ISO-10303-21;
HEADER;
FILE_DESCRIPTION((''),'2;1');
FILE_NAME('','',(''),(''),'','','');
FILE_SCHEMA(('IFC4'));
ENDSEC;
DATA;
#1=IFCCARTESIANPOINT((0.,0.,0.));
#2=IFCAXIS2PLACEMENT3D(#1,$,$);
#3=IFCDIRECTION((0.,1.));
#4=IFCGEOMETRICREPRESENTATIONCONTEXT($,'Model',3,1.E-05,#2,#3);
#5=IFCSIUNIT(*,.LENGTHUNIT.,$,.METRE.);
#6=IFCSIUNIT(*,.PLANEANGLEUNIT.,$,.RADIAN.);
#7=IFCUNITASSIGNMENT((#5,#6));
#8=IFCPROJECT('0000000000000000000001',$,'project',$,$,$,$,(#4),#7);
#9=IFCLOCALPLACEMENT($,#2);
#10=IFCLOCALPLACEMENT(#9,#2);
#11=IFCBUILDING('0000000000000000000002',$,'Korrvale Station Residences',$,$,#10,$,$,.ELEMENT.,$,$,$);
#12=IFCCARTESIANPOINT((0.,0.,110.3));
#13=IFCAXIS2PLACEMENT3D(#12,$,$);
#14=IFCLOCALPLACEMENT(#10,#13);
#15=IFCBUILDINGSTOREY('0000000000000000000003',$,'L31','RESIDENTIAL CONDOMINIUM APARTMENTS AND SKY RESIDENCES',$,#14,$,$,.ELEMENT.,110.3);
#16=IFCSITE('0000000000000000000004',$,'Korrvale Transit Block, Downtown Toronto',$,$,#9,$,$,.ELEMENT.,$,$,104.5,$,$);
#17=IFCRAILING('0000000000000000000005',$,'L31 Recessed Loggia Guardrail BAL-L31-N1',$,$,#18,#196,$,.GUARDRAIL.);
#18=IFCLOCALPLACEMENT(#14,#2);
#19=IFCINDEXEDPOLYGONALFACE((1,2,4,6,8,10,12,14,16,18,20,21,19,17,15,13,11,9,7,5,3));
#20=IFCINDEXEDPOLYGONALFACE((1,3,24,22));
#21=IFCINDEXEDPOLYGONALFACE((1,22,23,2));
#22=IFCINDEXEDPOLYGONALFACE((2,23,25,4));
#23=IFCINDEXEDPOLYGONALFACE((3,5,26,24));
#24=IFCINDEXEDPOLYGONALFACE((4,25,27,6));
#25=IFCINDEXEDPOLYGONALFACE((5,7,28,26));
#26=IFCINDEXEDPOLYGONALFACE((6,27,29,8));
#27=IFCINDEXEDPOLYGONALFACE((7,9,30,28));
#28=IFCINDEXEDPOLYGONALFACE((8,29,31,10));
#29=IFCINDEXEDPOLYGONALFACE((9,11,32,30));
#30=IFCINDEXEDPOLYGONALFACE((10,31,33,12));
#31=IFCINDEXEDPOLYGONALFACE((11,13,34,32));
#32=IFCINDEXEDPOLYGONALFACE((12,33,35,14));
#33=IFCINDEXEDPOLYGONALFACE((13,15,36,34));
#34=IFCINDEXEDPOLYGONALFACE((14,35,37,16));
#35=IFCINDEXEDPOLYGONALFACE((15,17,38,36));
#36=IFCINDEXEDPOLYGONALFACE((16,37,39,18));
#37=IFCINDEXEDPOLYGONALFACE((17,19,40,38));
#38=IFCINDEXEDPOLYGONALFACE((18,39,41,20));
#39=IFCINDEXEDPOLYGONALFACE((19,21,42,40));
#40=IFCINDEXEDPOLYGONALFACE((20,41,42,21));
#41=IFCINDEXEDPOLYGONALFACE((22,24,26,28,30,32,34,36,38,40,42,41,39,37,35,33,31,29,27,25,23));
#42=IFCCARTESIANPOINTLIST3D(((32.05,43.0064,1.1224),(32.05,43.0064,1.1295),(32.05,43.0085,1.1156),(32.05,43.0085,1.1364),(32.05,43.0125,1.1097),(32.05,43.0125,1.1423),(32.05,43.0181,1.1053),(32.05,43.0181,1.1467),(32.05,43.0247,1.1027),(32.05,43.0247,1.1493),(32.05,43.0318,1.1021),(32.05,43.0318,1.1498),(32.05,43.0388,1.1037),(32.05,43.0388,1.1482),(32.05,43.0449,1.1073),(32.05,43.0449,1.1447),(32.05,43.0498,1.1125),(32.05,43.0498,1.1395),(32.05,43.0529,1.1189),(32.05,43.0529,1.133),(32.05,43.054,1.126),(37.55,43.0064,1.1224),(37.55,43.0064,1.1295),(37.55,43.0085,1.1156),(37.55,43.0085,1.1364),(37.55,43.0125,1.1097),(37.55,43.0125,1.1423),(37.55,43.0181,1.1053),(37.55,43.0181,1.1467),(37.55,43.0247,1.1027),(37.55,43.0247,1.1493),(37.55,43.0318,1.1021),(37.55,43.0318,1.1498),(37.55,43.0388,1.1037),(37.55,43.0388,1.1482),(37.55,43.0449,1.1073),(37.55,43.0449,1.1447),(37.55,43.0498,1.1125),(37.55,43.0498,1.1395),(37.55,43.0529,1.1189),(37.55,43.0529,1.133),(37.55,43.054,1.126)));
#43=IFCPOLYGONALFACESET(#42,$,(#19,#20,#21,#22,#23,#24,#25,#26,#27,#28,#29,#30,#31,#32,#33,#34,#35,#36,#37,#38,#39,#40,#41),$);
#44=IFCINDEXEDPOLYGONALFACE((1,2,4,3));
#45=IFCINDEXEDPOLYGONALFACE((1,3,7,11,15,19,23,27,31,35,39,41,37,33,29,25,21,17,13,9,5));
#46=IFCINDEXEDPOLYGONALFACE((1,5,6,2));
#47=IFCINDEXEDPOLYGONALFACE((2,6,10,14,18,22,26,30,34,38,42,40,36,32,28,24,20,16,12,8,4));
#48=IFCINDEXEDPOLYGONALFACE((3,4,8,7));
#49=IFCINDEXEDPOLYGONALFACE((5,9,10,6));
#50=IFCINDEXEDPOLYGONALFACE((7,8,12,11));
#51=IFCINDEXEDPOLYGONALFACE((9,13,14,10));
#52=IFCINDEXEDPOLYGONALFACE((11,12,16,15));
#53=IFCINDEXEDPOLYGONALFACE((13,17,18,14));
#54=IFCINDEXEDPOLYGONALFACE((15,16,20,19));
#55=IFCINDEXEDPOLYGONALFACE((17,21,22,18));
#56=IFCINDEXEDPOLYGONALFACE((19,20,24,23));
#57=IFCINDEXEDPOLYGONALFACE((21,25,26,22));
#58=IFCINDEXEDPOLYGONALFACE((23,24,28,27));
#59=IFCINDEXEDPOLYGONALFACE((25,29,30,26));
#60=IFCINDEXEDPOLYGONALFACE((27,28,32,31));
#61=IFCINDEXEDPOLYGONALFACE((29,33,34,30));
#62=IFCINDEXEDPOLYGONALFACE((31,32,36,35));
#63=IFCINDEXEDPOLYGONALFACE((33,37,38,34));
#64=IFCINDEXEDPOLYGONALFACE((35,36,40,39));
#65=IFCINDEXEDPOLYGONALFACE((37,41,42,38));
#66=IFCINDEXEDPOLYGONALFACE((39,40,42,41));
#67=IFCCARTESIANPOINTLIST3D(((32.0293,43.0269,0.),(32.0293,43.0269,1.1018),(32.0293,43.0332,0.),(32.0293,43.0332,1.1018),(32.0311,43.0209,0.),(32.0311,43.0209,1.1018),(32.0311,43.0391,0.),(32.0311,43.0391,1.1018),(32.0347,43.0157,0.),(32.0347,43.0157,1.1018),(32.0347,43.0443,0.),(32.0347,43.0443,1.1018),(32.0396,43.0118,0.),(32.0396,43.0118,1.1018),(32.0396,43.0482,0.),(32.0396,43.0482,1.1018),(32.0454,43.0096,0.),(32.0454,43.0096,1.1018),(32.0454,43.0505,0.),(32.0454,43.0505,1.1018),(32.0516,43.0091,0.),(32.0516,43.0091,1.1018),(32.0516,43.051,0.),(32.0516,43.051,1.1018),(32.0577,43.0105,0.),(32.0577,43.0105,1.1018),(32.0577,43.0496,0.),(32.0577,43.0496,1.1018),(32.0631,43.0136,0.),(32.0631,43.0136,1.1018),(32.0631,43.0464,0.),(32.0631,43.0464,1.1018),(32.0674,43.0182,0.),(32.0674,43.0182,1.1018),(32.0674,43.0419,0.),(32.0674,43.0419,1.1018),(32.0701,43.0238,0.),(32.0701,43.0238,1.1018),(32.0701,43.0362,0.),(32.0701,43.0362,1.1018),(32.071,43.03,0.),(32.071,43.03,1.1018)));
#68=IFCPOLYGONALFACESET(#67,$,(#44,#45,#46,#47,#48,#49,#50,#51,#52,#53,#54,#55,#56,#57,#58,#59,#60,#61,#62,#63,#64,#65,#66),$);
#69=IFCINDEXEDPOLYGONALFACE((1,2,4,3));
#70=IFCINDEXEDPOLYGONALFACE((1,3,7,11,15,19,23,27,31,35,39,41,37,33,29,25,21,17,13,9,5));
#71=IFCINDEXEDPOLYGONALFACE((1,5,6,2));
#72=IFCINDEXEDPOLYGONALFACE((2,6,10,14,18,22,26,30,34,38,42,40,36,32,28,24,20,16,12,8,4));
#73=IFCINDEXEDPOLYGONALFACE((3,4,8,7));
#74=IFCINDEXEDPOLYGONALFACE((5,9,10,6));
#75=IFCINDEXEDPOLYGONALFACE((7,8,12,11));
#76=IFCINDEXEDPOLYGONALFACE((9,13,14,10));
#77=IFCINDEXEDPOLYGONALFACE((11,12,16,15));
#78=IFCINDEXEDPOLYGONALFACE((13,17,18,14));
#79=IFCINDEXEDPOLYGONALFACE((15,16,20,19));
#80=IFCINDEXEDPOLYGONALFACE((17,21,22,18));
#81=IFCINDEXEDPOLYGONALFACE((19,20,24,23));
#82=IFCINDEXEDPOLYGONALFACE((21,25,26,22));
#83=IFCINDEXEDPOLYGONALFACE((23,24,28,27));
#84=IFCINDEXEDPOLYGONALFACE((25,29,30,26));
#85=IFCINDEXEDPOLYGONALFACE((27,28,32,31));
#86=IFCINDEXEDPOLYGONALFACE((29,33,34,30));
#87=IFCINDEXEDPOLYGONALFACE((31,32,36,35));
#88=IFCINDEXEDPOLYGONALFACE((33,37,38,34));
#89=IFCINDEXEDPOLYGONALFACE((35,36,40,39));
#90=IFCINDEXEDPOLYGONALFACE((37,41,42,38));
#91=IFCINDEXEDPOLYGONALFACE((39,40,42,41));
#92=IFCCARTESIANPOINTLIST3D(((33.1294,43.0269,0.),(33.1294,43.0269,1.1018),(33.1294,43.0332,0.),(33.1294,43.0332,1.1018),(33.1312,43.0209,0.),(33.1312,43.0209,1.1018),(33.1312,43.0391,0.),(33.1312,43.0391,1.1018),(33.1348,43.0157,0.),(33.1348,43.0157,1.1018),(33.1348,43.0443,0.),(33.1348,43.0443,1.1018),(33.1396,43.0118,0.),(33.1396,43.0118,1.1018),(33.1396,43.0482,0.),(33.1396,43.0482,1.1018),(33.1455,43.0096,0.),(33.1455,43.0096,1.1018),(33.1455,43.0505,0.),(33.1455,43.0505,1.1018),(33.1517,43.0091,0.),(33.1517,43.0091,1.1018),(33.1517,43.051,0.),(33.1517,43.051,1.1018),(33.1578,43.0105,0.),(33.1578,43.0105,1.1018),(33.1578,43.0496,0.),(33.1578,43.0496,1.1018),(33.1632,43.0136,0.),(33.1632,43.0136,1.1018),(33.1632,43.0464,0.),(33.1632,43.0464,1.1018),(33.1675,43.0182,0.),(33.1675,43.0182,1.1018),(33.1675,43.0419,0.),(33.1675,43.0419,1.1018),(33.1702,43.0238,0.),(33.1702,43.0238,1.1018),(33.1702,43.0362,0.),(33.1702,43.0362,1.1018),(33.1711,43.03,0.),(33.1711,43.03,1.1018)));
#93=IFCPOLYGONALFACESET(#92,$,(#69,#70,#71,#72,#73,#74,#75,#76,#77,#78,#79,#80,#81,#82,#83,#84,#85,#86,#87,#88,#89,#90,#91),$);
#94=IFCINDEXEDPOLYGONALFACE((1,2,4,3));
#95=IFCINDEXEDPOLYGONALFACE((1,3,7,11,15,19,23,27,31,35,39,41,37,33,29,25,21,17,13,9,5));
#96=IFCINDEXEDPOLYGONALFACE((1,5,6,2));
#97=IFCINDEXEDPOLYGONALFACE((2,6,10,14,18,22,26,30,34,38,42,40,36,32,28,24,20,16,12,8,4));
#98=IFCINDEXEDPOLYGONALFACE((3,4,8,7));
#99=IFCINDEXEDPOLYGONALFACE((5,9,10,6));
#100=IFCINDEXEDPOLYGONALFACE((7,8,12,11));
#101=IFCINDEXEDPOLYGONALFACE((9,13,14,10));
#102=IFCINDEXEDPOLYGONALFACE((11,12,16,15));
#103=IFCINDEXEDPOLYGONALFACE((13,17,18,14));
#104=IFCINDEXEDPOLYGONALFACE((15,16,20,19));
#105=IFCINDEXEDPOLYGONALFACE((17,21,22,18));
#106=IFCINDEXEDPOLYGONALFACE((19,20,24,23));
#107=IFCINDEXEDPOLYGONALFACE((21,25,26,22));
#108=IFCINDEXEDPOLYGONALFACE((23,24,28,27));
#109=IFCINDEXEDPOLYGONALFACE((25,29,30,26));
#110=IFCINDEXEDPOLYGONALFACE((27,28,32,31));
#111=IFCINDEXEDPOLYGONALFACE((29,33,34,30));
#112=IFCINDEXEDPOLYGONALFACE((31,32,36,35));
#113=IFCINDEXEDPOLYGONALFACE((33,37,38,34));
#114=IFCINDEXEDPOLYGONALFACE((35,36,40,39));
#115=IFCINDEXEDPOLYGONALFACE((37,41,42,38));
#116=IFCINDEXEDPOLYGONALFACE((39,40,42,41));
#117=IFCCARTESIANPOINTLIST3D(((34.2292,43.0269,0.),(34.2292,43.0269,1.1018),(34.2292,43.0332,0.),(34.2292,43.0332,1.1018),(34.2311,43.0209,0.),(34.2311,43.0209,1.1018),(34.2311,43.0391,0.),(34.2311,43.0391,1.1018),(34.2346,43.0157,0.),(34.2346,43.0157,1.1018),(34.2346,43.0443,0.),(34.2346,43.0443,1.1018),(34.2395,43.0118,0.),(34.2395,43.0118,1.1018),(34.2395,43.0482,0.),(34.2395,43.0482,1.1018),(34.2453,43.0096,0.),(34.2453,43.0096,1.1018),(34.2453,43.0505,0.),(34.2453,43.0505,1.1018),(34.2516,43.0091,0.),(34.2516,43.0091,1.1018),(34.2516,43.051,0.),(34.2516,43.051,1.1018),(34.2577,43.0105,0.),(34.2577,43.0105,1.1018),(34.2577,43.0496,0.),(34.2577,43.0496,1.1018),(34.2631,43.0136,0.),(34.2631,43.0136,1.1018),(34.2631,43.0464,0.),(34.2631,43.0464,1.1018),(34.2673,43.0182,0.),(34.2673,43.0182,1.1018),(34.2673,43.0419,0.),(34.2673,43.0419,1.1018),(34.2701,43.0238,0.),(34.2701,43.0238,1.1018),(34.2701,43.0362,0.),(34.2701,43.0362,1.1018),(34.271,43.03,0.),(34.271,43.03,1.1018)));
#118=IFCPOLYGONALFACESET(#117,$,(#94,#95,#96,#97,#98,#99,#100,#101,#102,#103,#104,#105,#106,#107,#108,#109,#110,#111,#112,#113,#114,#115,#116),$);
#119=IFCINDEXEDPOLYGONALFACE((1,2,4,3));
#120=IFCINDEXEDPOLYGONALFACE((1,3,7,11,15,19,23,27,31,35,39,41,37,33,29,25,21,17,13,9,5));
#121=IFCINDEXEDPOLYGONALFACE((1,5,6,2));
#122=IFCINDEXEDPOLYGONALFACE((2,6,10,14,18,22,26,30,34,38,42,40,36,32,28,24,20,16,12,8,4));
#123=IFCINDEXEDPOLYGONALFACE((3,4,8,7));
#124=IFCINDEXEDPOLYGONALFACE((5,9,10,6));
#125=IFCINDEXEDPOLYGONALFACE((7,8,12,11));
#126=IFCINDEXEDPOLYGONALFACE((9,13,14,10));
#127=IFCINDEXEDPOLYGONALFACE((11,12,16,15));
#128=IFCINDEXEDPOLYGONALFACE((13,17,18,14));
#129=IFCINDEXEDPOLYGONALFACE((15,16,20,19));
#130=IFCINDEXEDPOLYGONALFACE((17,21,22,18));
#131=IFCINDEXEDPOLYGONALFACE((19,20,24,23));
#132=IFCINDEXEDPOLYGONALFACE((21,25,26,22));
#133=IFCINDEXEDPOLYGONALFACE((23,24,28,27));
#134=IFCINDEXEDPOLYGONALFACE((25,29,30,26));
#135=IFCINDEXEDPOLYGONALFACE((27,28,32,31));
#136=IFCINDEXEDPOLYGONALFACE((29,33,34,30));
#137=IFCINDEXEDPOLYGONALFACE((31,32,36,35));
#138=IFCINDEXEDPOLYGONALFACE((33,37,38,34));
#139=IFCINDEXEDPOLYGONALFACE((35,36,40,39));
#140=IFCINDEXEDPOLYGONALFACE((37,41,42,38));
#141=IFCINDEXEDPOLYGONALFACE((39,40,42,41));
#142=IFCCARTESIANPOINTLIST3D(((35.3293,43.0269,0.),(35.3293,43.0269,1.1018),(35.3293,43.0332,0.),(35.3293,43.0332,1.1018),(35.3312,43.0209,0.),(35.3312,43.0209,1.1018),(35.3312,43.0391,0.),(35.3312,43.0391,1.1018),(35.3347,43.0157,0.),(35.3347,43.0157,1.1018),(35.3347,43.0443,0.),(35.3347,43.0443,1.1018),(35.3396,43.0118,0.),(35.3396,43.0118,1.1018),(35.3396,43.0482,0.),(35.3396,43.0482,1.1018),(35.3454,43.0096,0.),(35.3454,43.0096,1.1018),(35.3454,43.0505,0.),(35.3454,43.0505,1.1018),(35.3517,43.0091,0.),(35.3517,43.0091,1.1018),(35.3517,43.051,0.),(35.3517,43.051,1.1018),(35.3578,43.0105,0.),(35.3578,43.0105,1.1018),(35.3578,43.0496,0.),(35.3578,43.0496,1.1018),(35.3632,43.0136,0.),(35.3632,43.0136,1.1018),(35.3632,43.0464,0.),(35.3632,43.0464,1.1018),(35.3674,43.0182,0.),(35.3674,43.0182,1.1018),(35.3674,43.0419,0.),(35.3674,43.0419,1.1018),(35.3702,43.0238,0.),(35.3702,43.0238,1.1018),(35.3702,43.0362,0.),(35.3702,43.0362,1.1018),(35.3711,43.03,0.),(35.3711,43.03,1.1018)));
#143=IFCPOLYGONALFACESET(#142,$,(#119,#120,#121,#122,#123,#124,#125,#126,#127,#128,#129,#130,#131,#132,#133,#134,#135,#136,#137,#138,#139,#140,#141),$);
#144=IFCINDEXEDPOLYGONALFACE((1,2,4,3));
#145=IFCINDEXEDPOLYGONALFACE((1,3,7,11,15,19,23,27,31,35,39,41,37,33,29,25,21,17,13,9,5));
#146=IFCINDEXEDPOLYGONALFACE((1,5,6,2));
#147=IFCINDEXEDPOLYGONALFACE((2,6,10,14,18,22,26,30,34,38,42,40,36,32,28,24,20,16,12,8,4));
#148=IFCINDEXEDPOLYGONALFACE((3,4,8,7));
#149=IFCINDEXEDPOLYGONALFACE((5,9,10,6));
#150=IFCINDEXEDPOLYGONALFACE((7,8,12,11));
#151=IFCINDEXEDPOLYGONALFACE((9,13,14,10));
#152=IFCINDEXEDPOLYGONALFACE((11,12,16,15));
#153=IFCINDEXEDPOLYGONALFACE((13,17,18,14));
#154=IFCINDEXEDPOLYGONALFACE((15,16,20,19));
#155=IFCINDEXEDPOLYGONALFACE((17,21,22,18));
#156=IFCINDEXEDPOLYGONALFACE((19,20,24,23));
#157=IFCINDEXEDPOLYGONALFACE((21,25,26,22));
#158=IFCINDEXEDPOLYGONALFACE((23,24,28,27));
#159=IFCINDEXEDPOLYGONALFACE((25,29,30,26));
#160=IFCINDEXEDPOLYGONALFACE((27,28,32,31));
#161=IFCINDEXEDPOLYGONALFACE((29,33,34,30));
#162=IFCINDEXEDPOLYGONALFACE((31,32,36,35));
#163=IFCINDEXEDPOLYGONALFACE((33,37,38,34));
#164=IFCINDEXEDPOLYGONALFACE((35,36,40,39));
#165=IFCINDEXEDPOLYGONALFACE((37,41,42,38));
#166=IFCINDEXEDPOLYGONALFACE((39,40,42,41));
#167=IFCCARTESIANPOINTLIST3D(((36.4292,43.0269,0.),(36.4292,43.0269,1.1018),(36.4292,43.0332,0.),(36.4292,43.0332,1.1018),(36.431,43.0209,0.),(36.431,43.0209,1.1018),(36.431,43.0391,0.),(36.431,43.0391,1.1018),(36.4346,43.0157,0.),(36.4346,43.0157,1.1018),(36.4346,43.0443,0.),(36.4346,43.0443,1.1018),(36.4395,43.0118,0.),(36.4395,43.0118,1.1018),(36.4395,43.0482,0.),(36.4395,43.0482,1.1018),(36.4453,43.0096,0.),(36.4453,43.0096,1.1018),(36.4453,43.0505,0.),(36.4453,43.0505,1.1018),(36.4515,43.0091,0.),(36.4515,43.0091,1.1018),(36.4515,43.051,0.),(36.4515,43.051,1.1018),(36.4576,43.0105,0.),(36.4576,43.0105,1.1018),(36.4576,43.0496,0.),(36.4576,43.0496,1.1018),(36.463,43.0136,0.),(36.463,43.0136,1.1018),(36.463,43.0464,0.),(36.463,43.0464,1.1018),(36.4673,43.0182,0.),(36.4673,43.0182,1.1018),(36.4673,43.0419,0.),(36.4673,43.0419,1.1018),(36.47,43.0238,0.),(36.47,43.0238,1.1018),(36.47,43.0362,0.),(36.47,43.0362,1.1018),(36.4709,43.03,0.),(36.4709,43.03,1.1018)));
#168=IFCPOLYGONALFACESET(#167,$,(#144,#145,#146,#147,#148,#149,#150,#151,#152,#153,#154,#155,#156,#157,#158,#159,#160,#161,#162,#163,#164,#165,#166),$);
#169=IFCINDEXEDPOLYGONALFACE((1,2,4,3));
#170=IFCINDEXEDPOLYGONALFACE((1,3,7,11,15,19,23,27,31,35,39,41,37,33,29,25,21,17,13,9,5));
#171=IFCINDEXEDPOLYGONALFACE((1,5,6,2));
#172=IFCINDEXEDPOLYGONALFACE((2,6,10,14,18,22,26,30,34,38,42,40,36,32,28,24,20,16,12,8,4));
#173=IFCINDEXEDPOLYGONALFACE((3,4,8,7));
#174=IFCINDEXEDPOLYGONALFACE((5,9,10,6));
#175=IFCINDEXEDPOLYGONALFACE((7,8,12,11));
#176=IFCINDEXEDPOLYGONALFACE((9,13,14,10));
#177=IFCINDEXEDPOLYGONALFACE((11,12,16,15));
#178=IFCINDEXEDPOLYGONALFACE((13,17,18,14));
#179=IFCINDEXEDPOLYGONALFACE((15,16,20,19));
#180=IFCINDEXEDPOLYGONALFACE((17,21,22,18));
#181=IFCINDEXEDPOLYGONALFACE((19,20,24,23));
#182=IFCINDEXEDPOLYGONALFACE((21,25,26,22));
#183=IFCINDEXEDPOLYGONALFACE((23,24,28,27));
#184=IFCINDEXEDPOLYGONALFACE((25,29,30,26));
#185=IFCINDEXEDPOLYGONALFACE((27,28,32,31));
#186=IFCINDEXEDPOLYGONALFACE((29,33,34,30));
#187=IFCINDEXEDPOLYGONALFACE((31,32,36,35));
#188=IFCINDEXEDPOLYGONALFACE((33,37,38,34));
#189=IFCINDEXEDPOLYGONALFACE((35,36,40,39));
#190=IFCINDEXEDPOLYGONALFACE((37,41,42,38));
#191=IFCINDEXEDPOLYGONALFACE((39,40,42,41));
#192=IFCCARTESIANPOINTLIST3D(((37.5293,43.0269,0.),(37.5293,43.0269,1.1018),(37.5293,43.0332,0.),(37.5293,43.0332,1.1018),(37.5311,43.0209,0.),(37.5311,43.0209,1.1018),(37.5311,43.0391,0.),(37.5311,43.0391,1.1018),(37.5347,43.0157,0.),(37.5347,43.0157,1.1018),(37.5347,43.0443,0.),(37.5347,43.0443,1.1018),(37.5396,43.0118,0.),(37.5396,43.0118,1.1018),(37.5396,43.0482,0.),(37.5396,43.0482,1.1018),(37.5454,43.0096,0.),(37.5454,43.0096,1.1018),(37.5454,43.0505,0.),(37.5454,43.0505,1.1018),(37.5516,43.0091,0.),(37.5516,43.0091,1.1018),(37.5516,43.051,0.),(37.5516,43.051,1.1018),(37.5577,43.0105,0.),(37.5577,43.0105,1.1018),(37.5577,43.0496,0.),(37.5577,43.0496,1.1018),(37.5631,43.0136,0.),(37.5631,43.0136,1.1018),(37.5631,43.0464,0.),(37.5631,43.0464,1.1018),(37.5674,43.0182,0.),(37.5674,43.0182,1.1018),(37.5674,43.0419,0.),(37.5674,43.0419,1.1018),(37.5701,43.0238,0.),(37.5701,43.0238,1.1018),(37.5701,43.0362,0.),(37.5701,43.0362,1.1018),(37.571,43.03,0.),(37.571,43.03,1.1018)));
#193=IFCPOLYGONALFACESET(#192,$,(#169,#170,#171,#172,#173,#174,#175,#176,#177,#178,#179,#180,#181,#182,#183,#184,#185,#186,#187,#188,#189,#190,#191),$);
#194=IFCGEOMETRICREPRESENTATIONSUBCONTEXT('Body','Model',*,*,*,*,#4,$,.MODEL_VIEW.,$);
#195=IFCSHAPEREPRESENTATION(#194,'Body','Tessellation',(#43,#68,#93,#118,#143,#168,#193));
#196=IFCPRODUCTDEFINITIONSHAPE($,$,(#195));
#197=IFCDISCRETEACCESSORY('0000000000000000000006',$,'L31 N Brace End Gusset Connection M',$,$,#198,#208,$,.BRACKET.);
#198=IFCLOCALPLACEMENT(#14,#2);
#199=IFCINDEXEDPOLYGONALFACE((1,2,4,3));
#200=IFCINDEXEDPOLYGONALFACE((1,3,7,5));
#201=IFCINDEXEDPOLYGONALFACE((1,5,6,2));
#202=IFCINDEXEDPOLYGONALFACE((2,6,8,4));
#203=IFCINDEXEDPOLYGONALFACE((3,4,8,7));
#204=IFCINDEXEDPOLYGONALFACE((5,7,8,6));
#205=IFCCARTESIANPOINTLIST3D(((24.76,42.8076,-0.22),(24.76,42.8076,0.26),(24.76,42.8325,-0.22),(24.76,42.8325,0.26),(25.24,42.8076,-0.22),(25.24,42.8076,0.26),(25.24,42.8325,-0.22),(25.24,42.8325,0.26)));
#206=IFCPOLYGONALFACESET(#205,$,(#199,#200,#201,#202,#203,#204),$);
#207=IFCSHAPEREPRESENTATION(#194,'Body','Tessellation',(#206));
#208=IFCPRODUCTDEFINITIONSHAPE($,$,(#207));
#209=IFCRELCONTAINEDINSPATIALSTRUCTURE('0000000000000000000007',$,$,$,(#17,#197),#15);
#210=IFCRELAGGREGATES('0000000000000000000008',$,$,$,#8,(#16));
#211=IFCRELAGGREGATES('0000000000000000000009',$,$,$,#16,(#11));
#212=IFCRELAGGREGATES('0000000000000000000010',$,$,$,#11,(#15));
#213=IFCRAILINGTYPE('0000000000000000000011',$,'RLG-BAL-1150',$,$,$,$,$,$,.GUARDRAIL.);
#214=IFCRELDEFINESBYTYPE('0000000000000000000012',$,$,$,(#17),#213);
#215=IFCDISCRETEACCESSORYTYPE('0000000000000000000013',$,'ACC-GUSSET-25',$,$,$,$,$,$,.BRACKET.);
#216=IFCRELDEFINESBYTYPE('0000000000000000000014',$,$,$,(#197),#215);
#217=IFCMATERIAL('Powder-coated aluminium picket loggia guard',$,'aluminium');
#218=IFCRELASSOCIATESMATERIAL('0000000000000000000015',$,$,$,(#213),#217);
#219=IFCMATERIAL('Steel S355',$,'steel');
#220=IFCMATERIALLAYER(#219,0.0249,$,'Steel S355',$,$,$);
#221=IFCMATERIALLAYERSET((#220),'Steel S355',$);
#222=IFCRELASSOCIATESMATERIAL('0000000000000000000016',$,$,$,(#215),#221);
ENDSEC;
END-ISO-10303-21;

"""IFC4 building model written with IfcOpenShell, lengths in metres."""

from ifc_helpers import new_model, si_unit, direction, frame, origin, origin_2d, place, context, subcontext, project, spatial, rectangle, circle, extrude, material, layer, layer_set, type_object, element, save


model = new_model("IFC4")

# Units and contexts
model_context = context("Model", 3, precision=1e-05, world=origin(), true_north=direction((0.0, 1.0)))
body_context = subcontext(model_context, "Body", "Model", "MODEL_VIEW")
ifc_project = project(units=[si_unit("LENGTHUNIT", "METRE"), si_unit("PLANEANGLEUNIT", "RADIAN")], contexts=[model_context])

# Site, building, storey
site_placement = place(None, origin())
site = spatial("IfcSite", under=ifc_project, at=site_placement, Name="Korrvale Transit Block, Downtown Toronto", CompositionType="ELEMENT", RefElevation=104.5)
building_placement = place(site_placement, origin())
building = spatial("IfcBuilding", under=site, at=building_placement, Name="Korrvale Station Residences", CompositionType="ELEMENT")
storey_placement = place(building_placement, frame((0.0, 0.0, 110.3)))
storey = spatial("IfcBuildingStorey", under=building, at=storey_placement, Name="L31", Description="RESIDENTIAL CONDOMINIUM APARTMENTS AND SKY RESIDENCES", CompositionType="ELEMENT", Elevation=110.3)

# Shared definitions
ifc_material_1 = material(Name="Steel S355", Category="steel")

# Railing
ifc_material_2 = material(Name="Powder-coated aluminium picket loggia guard", Category="aluminium")
railing_type = type_object("IfcRailingType", Name="RLG-BAL-1150", PredefinedType="GUARDRAIL", material=ifc_material_2)
railing_placement = place(storey_placement, frame((32.05, 43.03, 0.0)))
element("IfcRailing", 1, at=railing_placement, inside=storey, type_object=railing_type, Name="L31 Recessed Loggia Guardrail BAL-L31-N1", PredefinedType="GUARDRAIL", context=body_context, shape_type="SweptSolid", body=[
    extrude(circle(Radius=0.0239, at=origin_2d()), frame((0.0, 0.0, 1.126), z_axis=(1.0, 0.0, 0.0), x_axis=(0.0, 1.0, 0.0)), (0.0, 0.0, 1.0), 5.5),
    extrude(circle(Radius=0.021, at=origin_2d()), origin(), (0.0, 0.0, 1.0), 1.1018),
    extrude(circle(Radius=0.021, at=origin_2d()), frame((1.1001, 0.0, 0.0)), (0.0, 0.0, 1.0), 1.1018),
    extrude(circle(Radius=0.021, at=origin_2d()), frame((2.2, 0.0, 0.0)), (0.0, 0.0, 1.0), 1.1018),
    extrude(circle(Radius=0.021, at=origin_2d()), frame((3.3, 0.0, 0.0)), (0.0, 0.0, 1.0), 1.1018),
    extrude(circle(Radius=0.021, at=origin_2d()), frame((4.3999, 0.0, 0.0)), (0.0, 0.0, 1.0), 1.1018),
    extrude(circle(Radius=0.021, at=origin_2d()), frame((5.5, 0.0, 0.0)), (0.0, 0.0, 1.0), 1.1018),
])

# Discrete accessory
ifc_layer_1 = layer(ifc_material_1, 0.0249, Name="Steel S355")
ifc_layer_set_1 = layer_set([ifc_layer_1], Name="Steel S355")
discrete_accessory_type = type_object("IfcDiscreteAccessoryType", Name="ACC-GUSSET-25", PredefinedType="BRACKET", material=ifc_layer_set_1)
for number, where, z_axis, x_axis, name in (
    (2, (25.0, 42.8201, -0.22), (0.0, 0.0, 1.0), (1.0, 0.0, 0.0), "L31 N Brace End Gusset Connection M"),
):
    element("IfcDiscreteAccessory", number, at=place(storey_placement, frame(where, z_axis=z_axis, x_axis=x_axis)), inside=storey, type_object=discrete_accessory_type, Name=name, PredefinedType="BRACKET", context=body_context, shape_type="SweptSolid", body=[
        extrude(rectangle(XDim=0.48, YDim=0.0249, at=origin_2d()), origin(), (0.0, 0.0, 1.0), 0.48),
    ])

save(model, "model.ifc")
